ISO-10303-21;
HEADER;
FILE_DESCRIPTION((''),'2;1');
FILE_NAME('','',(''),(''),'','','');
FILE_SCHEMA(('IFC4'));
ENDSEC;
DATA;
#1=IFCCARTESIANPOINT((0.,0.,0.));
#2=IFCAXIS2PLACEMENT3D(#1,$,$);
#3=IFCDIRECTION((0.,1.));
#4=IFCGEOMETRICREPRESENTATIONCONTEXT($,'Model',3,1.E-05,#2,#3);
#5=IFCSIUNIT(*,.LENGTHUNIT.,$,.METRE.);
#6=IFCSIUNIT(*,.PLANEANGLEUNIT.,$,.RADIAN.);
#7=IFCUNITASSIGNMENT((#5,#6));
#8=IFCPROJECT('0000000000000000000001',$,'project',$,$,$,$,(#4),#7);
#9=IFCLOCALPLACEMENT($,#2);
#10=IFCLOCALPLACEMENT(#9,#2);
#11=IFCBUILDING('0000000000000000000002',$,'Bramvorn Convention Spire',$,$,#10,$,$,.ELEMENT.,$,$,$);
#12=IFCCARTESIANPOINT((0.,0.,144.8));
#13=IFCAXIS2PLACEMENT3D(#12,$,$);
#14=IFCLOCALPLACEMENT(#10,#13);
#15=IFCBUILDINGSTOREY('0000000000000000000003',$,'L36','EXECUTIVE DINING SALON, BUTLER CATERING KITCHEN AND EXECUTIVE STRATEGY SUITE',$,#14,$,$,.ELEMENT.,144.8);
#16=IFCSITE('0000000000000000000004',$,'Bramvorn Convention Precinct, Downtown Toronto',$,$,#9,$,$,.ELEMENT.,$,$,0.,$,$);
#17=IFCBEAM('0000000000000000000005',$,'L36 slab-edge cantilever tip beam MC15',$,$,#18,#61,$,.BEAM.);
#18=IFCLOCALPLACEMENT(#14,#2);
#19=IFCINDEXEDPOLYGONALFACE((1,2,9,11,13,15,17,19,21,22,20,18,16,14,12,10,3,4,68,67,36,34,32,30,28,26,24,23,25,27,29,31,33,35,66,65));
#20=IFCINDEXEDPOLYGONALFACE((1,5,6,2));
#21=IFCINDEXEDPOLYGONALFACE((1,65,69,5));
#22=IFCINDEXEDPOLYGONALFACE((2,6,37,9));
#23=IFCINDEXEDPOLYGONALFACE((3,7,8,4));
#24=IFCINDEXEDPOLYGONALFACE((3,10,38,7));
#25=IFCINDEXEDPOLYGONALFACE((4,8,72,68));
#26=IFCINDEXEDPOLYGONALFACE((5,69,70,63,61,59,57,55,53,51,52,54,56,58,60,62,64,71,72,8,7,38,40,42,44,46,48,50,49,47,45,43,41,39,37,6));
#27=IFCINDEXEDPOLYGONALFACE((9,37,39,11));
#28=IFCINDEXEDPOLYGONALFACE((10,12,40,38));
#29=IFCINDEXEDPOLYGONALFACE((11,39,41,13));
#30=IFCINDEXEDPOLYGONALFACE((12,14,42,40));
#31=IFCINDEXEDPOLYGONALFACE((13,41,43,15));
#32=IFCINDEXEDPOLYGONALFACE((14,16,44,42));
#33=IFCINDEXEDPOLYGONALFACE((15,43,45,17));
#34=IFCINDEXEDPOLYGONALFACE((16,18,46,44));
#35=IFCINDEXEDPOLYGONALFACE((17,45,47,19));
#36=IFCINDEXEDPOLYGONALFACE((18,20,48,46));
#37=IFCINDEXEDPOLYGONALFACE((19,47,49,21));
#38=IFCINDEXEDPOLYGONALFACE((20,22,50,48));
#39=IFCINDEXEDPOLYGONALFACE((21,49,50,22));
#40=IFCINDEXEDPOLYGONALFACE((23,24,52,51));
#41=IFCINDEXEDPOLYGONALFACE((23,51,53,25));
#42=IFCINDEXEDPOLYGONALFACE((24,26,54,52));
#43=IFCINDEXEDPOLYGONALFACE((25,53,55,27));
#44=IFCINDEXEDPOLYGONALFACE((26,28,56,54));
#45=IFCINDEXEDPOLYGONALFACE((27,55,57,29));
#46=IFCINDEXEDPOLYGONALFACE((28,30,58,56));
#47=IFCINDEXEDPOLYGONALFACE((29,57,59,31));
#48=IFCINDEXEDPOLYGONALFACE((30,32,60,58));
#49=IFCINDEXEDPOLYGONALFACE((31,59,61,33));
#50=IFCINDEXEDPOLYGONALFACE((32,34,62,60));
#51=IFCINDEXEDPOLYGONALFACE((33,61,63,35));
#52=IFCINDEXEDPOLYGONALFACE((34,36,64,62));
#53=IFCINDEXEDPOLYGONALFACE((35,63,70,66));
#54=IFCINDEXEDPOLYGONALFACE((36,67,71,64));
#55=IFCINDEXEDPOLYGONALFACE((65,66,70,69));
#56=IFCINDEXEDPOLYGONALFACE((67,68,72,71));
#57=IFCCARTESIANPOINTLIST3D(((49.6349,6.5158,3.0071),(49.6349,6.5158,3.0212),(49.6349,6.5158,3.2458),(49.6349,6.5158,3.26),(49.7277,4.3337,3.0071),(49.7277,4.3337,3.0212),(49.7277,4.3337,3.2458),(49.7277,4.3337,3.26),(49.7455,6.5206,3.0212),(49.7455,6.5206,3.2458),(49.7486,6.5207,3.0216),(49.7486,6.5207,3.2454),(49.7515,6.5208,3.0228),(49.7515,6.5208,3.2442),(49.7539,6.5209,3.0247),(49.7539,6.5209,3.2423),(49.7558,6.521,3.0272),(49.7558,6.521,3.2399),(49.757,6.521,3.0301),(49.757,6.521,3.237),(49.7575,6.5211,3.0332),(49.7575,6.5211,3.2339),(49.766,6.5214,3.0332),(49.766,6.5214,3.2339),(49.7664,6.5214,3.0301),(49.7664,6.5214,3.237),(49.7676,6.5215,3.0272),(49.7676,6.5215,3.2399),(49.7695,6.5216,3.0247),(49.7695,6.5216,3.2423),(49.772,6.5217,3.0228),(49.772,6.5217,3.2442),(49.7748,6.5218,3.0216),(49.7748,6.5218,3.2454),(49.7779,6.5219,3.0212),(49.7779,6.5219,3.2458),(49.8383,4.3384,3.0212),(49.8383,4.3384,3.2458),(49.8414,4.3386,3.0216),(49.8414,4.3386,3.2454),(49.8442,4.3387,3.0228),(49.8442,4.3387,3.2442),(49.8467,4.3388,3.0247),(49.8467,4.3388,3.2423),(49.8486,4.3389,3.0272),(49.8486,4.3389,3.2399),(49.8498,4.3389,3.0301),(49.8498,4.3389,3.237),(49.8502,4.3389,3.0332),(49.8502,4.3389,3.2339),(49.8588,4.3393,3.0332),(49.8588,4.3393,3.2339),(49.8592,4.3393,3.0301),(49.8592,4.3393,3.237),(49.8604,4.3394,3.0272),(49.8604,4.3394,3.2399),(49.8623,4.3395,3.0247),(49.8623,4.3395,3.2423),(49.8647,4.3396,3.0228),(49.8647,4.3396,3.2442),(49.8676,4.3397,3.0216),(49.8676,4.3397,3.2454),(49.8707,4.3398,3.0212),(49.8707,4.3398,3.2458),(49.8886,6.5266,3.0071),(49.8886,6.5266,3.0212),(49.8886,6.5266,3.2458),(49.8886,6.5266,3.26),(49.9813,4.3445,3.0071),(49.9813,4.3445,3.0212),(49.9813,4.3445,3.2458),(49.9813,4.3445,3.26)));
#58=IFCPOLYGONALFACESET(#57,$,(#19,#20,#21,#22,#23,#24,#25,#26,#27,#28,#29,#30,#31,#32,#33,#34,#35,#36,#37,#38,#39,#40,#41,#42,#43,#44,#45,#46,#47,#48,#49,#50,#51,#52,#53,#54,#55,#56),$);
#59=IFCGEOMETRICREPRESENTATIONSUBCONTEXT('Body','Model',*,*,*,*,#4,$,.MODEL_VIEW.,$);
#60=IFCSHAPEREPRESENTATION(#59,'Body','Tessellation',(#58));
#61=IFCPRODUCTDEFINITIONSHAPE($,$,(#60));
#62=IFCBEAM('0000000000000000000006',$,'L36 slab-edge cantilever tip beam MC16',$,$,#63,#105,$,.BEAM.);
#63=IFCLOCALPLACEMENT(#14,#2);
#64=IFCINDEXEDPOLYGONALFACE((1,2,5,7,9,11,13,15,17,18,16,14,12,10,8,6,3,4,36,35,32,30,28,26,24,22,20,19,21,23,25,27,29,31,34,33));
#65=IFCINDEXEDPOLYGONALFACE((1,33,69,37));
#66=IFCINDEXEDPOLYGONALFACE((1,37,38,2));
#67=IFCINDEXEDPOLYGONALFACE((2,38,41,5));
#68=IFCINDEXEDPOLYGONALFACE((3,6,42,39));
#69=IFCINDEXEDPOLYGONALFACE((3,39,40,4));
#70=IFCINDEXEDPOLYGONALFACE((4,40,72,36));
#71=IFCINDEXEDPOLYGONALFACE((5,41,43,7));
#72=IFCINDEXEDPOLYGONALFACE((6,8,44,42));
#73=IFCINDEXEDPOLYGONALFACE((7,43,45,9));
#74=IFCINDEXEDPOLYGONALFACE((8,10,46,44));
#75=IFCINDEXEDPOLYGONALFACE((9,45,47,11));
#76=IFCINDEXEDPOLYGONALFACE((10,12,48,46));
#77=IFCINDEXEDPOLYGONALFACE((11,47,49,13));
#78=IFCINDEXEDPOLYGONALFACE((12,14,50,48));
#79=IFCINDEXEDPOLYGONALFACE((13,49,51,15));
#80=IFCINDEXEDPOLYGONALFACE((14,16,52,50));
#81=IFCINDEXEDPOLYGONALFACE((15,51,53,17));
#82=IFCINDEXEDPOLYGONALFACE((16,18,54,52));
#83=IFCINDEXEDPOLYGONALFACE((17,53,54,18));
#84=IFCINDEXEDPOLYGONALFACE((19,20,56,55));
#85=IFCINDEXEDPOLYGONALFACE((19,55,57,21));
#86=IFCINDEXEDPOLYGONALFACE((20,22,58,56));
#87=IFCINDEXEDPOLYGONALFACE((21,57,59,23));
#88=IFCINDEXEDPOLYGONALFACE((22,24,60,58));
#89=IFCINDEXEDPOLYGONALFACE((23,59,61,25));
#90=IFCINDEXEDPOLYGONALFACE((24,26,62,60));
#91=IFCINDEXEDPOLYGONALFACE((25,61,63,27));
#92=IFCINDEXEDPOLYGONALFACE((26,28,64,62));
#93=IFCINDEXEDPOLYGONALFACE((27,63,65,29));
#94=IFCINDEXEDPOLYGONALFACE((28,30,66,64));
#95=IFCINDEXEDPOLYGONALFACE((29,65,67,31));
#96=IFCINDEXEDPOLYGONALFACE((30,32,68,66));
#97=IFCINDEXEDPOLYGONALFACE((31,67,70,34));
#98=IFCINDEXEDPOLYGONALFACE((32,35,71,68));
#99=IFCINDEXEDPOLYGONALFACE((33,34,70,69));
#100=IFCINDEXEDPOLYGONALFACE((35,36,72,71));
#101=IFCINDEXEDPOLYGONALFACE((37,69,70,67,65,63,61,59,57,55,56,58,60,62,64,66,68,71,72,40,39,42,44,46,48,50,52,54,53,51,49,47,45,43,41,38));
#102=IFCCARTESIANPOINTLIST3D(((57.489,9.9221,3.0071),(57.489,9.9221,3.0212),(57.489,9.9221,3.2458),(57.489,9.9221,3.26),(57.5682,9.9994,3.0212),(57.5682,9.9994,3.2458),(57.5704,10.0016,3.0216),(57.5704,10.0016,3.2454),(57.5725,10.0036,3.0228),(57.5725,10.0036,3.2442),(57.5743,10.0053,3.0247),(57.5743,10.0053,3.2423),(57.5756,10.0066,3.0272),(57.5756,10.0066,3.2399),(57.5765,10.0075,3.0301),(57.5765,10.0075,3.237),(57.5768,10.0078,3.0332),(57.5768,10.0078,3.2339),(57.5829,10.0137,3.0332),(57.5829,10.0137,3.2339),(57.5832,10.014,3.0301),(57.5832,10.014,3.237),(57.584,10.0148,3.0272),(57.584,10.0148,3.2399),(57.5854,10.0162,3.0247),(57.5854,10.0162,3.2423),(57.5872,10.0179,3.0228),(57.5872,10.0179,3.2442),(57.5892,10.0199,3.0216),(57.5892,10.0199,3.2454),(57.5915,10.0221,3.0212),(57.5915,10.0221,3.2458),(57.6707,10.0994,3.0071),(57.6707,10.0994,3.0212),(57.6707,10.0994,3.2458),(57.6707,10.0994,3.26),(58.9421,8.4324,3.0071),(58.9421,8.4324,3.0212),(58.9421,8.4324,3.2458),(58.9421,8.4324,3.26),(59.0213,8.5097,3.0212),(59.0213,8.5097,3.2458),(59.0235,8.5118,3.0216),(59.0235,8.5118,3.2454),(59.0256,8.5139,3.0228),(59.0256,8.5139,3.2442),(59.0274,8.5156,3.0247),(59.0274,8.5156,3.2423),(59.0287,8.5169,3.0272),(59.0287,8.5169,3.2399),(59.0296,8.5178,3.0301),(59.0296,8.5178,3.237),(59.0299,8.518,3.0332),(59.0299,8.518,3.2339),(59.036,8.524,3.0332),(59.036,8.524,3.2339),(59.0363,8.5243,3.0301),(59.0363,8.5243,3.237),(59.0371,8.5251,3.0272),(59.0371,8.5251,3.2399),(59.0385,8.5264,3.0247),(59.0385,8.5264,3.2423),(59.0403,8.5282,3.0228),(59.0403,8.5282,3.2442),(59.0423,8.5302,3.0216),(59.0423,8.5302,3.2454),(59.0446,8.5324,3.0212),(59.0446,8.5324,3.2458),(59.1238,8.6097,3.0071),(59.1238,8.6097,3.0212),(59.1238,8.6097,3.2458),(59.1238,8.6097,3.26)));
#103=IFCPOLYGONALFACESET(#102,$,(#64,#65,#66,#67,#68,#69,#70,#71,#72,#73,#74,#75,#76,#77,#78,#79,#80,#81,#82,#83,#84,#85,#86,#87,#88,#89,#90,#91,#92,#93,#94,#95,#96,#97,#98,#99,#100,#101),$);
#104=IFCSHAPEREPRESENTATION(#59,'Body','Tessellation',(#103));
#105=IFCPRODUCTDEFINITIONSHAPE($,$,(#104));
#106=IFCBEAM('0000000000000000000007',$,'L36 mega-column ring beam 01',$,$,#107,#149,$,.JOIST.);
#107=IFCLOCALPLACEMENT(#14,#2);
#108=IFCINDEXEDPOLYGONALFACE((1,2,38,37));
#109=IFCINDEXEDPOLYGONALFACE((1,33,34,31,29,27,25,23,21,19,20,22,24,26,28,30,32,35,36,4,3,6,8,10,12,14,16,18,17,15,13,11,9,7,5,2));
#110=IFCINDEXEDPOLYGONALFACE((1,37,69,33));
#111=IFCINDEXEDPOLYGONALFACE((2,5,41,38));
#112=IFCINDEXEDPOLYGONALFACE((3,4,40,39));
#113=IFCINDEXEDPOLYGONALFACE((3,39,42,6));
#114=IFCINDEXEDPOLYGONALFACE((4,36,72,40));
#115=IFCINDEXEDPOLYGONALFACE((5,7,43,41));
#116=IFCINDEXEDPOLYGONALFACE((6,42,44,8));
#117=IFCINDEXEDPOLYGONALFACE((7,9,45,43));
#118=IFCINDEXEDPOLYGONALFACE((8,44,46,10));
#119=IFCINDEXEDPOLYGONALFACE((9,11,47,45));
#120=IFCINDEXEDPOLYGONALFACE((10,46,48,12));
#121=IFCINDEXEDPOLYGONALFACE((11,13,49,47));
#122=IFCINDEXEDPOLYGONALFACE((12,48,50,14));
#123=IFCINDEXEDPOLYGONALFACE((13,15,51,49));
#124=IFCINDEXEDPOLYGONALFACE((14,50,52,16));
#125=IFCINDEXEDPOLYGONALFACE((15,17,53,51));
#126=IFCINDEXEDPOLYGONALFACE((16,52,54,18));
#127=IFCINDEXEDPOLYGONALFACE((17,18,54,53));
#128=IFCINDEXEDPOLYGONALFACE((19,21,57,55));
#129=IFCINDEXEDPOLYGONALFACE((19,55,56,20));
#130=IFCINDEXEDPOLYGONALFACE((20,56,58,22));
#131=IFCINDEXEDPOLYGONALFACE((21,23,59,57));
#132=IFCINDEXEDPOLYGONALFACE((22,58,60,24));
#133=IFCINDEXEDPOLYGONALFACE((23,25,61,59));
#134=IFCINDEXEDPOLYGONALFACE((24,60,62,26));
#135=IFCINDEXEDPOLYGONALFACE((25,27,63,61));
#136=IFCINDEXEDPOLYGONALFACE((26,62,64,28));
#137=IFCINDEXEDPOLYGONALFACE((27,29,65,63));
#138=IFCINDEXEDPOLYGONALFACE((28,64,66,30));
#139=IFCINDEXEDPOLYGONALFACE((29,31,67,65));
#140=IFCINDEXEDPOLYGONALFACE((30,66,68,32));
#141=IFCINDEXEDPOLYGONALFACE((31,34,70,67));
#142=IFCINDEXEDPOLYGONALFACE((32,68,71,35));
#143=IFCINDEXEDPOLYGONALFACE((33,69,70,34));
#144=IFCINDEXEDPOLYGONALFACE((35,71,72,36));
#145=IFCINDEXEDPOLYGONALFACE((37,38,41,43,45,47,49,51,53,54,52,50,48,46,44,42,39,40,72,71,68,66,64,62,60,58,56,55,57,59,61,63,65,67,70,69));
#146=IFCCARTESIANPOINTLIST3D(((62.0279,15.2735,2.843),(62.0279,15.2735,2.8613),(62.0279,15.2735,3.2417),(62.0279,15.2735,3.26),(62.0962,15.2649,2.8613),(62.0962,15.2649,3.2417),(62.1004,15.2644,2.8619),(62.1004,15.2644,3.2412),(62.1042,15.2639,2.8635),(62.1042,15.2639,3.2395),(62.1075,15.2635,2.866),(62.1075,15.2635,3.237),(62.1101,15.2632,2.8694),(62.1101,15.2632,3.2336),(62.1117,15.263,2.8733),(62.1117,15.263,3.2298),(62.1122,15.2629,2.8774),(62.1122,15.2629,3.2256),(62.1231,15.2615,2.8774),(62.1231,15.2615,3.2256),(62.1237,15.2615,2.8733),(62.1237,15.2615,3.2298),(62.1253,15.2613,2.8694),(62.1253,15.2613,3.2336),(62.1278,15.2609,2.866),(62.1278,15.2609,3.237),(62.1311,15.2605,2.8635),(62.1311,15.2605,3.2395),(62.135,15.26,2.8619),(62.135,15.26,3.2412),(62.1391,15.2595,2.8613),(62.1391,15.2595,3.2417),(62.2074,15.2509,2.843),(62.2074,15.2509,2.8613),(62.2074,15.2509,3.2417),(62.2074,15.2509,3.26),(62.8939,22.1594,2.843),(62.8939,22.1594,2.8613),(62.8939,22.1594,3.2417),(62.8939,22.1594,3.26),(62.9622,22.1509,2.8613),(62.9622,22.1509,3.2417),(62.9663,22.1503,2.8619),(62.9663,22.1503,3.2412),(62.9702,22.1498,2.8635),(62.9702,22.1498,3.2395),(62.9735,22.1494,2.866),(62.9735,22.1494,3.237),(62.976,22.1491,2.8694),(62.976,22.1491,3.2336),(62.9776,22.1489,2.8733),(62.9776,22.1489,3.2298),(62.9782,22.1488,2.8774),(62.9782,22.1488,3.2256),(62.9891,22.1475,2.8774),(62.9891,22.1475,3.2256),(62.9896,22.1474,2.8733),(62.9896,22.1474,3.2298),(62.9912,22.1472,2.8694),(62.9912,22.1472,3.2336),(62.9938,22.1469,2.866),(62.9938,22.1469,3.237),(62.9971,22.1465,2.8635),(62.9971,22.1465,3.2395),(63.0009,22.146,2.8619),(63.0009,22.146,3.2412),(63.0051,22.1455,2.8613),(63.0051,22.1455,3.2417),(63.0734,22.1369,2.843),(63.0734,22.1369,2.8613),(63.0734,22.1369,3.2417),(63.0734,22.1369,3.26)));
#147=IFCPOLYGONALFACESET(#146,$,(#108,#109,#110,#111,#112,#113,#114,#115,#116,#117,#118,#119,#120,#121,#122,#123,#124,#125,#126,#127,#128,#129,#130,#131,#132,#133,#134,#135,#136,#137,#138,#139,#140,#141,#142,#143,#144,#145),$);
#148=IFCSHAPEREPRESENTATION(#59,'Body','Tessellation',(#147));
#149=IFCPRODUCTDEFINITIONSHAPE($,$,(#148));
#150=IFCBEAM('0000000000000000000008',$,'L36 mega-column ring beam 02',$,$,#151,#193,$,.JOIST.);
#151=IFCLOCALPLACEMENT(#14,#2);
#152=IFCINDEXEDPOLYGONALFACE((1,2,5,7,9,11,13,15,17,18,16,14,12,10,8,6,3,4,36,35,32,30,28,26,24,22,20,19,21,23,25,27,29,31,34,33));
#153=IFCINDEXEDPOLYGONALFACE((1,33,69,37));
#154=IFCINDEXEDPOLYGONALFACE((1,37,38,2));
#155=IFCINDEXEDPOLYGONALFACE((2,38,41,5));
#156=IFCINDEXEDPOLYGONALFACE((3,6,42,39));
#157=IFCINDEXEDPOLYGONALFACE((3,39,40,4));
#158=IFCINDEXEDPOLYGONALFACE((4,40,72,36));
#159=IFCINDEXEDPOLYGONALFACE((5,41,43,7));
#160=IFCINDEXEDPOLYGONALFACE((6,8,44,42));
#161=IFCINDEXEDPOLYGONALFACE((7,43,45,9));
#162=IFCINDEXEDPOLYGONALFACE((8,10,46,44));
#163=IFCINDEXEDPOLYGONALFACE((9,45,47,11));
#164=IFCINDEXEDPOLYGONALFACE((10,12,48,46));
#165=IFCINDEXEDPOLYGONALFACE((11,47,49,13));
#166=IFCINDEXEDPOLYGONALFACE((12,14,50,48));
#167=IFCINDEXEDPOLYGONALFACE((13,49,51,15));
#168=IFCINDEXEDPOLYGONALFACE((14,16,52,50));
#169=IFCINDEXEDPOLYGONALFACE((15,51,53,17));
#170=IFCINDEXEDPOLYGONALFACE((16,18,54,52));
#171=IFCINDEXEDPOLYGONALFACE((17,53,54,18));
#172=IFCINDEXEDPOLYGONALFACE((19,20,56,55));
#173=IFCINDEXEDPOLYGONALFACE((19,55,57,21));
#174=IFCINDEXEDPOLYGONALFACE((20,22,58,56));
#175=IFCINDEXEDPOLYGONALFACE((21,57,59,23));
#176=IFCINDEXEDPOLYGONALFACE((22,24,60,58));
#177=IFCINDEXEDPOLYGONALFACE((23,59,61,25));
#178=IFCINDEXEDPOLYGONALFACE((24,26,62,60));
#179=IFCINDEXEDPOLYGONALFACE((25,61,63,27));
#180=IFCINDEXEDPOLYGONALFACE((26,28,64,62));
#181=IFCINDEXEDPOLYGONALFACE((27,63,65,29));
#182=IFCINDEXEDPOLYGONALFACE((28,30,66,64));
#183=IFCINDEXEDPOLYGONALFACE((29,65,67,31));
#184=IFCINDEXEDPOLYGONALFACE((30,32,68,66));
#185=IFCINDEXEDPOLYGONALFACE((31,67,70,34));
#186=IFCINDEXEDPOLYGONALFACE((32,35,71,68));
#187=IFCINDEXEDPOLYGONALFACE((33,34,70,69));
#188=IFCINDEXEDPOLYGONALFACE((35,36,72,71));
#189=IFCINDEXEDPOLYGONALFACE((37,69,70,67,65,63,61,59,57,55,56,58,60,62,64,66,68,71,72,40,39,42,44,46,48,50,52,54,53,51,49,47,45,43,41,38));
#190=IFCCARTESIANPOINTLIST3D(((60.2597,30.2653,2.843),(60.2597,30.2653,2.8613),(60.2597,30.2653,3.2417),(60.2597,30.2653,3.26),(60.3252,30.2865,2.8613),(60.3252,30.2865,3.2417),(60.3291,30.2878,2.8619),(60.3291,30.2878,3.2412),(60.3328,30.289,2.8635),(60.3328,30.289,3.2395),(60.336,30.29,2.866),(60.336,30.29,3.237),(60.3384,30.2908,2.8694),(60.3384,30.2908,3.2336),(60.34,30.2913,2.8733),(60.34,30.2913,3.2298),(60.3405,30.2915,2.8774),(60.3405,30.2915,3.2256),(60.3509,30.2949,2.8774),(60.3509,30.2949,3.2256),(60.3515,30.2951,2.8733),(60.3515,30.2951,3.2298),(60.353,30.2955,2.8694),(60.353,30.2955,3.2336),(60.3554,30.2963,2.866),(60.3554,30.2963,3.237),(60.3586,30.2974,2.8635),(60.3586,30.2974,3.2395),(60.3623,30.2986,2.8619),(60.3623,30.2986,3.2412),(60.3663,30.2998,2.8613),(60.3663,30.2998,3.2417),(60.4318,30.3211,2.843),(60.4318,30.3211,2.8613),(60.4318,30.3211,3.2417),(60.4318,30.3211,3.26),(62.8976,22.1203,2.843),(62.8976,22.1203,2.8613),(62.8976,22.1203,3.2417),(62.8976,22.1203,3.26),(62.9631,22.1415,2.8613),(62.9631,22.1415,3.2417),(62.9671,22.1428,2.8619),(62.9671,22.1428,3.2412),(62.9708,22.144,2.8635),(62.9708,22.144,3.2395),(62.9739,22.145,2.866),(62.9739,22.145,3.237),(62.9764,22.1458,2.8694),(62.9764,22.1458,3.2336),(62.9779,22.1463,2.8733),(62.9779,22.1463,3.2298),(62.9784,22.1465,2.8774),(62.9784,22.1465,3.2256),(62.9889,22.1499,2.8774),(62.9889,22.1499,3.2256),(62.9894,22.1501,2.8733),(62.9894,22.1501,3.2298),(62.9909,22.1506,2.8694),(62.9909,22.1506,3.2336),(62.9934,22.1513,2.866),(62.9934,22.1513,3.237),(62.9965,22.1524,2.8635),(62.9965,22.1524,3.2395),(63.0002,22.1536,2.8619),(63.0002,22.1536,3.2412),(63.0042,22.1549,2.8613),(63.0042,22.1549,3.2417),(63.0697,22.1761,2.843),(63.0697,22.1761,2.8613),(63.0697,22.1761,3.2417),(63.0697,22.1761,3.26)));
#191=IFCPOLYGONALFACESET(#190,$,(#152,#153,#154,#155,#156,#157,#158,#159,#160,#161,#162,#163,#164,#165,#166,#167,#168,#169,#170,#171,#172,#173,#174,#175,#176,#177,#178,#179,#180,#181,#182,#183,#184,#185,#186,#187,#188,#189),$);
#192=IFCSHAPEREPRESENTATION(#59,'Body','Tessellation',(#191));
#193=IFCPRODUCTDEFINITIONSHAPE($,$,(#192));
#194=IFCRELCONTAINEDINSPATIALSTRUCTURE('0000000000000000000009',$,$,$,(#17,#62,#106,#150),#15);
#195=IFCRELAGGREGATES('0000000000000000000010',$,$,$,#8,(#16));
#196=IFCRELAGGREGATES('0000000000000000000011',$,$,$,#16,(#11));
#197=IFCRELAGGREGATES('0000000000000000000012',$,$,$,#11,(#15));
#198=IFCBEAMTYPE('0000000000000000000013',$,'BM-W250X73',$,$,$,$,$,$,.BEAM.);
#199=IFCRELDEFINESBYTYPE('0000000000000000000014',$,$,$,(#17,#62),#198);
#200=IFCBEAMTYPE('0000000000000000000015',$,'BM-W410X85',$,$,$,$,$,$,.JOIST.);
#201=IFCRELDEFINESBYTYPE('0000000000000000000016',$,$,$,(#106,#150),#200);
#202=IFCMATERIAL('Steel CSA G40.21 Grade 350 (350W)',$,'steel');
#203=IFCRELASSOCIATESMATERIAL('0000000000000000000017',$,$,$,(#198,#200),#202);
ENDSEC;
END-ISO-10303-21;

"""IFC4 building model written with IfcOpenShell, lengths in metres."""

from ifc_helpers import new_model, si_unit, direction, frame, origin, origin_2d, place, context, subcontext, project, spatial, i_section, extrude, material, material_profile, profile_set, type_object, element, save


model = new_model("IFC4")

# Units and contexts
model_context = context("Model", 3, precision=1e-05, world=origin(), true_north=direction((0.0, 1.0)))
body_context = subcontext(model_context, "Body", "Model", "MODEL_VIEW")
ifc_project = project(units=[si_unit("LENGTHUNIT", "METRE"), si_unit("PLANEANGLEUNIT", "RADIAN")], contexts=[model_context])

# Site, building, storey
site_placement = place(None, origin())
site = spatial("IfcSite", under=ifc_project, at=site_placement, Name="Bramvorn Convention Precinct, Downtown Toronto", CompositionType="ELEMENT", RefElevation=0.0)
building_placement = place(site_placement, origin())
building = spatial("IfcBuilding", under=site, at=building_placement, Name="Bramvorn Convention Spire", CompositionType="ELEMENT")
storey_placement = place(building_placement, frame((0.0, 0.0, 144.8)))
storey = spatial("IfcBuildingStorey", under=building, at=storey_placement, Name="L36", Description="EXECUTIVE DINING SALON, BUTLER CATERING KITCHEN AND EXECUTIVE STRATEGY SUITE", CompositionType="ELEMENT", Elevation=144.8)

# Shared definitions
ifc_material_1 = material(Name="Steel CSA G40.21 Grade 350 (350W)", Category="steel")

# Beams
ifc_material_profile_1 = material_profile(ifc_material_1, i_section(OverallWidth=0.2539, OverallDepth=0.2529, WebThickness=0.0085, FlangeThickness=0.0142, FilletRadius=0.012, at=origin_2d()))
ifc_profile_set_1 = profile_set([ifc_material_profile_1], Name="Steel CSA G40.21 Grade 350 (350W) - W250X73")
beam_type_1 = type_object("IfcBeamType", Name="BM-W250X73", PredefinedType="BEAM", material=ifc_profile_set_1)
beam_1_placement = place(storey_placement, frame((49.7617, 6.5212, 3.1335), z_axis=(0.042477, -0.999097, 0.0), x_axis=(0.999097, 0.042477, 0.0)))
element("IfcBeam", 1, at=beam_1_placement, inside=storey, type_object=beam_type_1, Name="L36 slab-edge cantilever tip beam MC15", PredefinedType="BEAM", context=body_context, shape_type="SweptSolid", body=[
    extrude(i_section(OverallWidth=0.2539, OverallDepth=0.2529, WebThickness=0.0085, FlangeThickness=0.0142, FilletRadius=0.012, at=origin_2d()), origin(), (0.0, 0.0, 1.0), 2.1841),
])
beam_2_placement = place(storey_placement, frame((57.5798, 10.0107, 3.1335), z_axis=(0.698253, -0.715851, 0.0), x_axis=(0.715851, 0.698253, 0.0)))
element("IfcBeam", 2, at=beam_2_placement, inside=storey, type_object=beam_type_1, Name="L36 slab-edge cantilever tip beam MC16", PredefinedType="BEAM", context=body_context, shape_type="SweptSolid", body=[
    extrude(i_section(OverallWidth=0.2539, OverallDepth=0.2529, WebThickness=0.0085, FlangeThickness=0.0142, FilletRadius=0.012, at=origin_2d()), origin(), (0.0, 0.0, 1.0), 2.0811),
])
ifc_material_profile_2 = material_profile(ifc_material_1, i_section(OverallWidth=0.1809, OverallDepth=0.417, WebThickness=0.011, FlangeThickness=0.0183, FilletRadius=0.0161, at=origin_2d()))
ifc_profile_set_2 = profile_set([ifc_material_profile_2], Name="Steel CSA G40.21 Grade 350 (350W) - W410X85")
beam_type_2 = type_object("IfcBeamType", Name="BM-W410X85", PredefinedType="JOIST", material=ifc_profile_set_2)
beam_3_placement = place(storey_placement, frame((62.1177, 15.2622, 3.0515), z_axis=(0.124775, 0.992185, 0.0), x_axis=(-0.992185, 0.124775, 0.0)))
element("IfcBeam", 3, at=beam_3_placement, inside=storey, type_object=beam_type_2, Name="L36 mega-column ring beam 01", PredefinedType="JOIST", context=body_context, shape_type="SweptSolid", body=[
    extrude(i_section(OverallWidth=0.1809, OverallDepth=0.417, WebThickness=0.011, FlangeThickness=0.0183, FilletRadius=0.0161, at=origin_2d()), origin(), (0.0, 0.0, 1.0), 6.9402),
])
for number, where, z_axis, x_axis, name in (
    (4, (62.9836, 22.1482, 3.0515), (-0.308115, 0.951349, 0.0), (-0.951349, -0.308115, 0.0), "L36 mega-column ring beam 02"),
):
    element("IfcBeam", number, at=place(storey_placement, frame(where, z_axis=z_axis, x_axis=x_axis)), inside=storey, type_object=beam_type_2, Name=name, PredefinedType="JOIST", context=body_context, shape_type="SweptSolid", body=[
        extrude(i_section(OverallWidth=0.1809, OverallDepth=0.417, WebThickness=0.011, FlangeThickness=0.0183, FilletRadius=0.0161, at=origin_2d()), origin(), (0.0, 0.0, 1.0), 8.5615),
    ])

save(model, "model.ifc")
